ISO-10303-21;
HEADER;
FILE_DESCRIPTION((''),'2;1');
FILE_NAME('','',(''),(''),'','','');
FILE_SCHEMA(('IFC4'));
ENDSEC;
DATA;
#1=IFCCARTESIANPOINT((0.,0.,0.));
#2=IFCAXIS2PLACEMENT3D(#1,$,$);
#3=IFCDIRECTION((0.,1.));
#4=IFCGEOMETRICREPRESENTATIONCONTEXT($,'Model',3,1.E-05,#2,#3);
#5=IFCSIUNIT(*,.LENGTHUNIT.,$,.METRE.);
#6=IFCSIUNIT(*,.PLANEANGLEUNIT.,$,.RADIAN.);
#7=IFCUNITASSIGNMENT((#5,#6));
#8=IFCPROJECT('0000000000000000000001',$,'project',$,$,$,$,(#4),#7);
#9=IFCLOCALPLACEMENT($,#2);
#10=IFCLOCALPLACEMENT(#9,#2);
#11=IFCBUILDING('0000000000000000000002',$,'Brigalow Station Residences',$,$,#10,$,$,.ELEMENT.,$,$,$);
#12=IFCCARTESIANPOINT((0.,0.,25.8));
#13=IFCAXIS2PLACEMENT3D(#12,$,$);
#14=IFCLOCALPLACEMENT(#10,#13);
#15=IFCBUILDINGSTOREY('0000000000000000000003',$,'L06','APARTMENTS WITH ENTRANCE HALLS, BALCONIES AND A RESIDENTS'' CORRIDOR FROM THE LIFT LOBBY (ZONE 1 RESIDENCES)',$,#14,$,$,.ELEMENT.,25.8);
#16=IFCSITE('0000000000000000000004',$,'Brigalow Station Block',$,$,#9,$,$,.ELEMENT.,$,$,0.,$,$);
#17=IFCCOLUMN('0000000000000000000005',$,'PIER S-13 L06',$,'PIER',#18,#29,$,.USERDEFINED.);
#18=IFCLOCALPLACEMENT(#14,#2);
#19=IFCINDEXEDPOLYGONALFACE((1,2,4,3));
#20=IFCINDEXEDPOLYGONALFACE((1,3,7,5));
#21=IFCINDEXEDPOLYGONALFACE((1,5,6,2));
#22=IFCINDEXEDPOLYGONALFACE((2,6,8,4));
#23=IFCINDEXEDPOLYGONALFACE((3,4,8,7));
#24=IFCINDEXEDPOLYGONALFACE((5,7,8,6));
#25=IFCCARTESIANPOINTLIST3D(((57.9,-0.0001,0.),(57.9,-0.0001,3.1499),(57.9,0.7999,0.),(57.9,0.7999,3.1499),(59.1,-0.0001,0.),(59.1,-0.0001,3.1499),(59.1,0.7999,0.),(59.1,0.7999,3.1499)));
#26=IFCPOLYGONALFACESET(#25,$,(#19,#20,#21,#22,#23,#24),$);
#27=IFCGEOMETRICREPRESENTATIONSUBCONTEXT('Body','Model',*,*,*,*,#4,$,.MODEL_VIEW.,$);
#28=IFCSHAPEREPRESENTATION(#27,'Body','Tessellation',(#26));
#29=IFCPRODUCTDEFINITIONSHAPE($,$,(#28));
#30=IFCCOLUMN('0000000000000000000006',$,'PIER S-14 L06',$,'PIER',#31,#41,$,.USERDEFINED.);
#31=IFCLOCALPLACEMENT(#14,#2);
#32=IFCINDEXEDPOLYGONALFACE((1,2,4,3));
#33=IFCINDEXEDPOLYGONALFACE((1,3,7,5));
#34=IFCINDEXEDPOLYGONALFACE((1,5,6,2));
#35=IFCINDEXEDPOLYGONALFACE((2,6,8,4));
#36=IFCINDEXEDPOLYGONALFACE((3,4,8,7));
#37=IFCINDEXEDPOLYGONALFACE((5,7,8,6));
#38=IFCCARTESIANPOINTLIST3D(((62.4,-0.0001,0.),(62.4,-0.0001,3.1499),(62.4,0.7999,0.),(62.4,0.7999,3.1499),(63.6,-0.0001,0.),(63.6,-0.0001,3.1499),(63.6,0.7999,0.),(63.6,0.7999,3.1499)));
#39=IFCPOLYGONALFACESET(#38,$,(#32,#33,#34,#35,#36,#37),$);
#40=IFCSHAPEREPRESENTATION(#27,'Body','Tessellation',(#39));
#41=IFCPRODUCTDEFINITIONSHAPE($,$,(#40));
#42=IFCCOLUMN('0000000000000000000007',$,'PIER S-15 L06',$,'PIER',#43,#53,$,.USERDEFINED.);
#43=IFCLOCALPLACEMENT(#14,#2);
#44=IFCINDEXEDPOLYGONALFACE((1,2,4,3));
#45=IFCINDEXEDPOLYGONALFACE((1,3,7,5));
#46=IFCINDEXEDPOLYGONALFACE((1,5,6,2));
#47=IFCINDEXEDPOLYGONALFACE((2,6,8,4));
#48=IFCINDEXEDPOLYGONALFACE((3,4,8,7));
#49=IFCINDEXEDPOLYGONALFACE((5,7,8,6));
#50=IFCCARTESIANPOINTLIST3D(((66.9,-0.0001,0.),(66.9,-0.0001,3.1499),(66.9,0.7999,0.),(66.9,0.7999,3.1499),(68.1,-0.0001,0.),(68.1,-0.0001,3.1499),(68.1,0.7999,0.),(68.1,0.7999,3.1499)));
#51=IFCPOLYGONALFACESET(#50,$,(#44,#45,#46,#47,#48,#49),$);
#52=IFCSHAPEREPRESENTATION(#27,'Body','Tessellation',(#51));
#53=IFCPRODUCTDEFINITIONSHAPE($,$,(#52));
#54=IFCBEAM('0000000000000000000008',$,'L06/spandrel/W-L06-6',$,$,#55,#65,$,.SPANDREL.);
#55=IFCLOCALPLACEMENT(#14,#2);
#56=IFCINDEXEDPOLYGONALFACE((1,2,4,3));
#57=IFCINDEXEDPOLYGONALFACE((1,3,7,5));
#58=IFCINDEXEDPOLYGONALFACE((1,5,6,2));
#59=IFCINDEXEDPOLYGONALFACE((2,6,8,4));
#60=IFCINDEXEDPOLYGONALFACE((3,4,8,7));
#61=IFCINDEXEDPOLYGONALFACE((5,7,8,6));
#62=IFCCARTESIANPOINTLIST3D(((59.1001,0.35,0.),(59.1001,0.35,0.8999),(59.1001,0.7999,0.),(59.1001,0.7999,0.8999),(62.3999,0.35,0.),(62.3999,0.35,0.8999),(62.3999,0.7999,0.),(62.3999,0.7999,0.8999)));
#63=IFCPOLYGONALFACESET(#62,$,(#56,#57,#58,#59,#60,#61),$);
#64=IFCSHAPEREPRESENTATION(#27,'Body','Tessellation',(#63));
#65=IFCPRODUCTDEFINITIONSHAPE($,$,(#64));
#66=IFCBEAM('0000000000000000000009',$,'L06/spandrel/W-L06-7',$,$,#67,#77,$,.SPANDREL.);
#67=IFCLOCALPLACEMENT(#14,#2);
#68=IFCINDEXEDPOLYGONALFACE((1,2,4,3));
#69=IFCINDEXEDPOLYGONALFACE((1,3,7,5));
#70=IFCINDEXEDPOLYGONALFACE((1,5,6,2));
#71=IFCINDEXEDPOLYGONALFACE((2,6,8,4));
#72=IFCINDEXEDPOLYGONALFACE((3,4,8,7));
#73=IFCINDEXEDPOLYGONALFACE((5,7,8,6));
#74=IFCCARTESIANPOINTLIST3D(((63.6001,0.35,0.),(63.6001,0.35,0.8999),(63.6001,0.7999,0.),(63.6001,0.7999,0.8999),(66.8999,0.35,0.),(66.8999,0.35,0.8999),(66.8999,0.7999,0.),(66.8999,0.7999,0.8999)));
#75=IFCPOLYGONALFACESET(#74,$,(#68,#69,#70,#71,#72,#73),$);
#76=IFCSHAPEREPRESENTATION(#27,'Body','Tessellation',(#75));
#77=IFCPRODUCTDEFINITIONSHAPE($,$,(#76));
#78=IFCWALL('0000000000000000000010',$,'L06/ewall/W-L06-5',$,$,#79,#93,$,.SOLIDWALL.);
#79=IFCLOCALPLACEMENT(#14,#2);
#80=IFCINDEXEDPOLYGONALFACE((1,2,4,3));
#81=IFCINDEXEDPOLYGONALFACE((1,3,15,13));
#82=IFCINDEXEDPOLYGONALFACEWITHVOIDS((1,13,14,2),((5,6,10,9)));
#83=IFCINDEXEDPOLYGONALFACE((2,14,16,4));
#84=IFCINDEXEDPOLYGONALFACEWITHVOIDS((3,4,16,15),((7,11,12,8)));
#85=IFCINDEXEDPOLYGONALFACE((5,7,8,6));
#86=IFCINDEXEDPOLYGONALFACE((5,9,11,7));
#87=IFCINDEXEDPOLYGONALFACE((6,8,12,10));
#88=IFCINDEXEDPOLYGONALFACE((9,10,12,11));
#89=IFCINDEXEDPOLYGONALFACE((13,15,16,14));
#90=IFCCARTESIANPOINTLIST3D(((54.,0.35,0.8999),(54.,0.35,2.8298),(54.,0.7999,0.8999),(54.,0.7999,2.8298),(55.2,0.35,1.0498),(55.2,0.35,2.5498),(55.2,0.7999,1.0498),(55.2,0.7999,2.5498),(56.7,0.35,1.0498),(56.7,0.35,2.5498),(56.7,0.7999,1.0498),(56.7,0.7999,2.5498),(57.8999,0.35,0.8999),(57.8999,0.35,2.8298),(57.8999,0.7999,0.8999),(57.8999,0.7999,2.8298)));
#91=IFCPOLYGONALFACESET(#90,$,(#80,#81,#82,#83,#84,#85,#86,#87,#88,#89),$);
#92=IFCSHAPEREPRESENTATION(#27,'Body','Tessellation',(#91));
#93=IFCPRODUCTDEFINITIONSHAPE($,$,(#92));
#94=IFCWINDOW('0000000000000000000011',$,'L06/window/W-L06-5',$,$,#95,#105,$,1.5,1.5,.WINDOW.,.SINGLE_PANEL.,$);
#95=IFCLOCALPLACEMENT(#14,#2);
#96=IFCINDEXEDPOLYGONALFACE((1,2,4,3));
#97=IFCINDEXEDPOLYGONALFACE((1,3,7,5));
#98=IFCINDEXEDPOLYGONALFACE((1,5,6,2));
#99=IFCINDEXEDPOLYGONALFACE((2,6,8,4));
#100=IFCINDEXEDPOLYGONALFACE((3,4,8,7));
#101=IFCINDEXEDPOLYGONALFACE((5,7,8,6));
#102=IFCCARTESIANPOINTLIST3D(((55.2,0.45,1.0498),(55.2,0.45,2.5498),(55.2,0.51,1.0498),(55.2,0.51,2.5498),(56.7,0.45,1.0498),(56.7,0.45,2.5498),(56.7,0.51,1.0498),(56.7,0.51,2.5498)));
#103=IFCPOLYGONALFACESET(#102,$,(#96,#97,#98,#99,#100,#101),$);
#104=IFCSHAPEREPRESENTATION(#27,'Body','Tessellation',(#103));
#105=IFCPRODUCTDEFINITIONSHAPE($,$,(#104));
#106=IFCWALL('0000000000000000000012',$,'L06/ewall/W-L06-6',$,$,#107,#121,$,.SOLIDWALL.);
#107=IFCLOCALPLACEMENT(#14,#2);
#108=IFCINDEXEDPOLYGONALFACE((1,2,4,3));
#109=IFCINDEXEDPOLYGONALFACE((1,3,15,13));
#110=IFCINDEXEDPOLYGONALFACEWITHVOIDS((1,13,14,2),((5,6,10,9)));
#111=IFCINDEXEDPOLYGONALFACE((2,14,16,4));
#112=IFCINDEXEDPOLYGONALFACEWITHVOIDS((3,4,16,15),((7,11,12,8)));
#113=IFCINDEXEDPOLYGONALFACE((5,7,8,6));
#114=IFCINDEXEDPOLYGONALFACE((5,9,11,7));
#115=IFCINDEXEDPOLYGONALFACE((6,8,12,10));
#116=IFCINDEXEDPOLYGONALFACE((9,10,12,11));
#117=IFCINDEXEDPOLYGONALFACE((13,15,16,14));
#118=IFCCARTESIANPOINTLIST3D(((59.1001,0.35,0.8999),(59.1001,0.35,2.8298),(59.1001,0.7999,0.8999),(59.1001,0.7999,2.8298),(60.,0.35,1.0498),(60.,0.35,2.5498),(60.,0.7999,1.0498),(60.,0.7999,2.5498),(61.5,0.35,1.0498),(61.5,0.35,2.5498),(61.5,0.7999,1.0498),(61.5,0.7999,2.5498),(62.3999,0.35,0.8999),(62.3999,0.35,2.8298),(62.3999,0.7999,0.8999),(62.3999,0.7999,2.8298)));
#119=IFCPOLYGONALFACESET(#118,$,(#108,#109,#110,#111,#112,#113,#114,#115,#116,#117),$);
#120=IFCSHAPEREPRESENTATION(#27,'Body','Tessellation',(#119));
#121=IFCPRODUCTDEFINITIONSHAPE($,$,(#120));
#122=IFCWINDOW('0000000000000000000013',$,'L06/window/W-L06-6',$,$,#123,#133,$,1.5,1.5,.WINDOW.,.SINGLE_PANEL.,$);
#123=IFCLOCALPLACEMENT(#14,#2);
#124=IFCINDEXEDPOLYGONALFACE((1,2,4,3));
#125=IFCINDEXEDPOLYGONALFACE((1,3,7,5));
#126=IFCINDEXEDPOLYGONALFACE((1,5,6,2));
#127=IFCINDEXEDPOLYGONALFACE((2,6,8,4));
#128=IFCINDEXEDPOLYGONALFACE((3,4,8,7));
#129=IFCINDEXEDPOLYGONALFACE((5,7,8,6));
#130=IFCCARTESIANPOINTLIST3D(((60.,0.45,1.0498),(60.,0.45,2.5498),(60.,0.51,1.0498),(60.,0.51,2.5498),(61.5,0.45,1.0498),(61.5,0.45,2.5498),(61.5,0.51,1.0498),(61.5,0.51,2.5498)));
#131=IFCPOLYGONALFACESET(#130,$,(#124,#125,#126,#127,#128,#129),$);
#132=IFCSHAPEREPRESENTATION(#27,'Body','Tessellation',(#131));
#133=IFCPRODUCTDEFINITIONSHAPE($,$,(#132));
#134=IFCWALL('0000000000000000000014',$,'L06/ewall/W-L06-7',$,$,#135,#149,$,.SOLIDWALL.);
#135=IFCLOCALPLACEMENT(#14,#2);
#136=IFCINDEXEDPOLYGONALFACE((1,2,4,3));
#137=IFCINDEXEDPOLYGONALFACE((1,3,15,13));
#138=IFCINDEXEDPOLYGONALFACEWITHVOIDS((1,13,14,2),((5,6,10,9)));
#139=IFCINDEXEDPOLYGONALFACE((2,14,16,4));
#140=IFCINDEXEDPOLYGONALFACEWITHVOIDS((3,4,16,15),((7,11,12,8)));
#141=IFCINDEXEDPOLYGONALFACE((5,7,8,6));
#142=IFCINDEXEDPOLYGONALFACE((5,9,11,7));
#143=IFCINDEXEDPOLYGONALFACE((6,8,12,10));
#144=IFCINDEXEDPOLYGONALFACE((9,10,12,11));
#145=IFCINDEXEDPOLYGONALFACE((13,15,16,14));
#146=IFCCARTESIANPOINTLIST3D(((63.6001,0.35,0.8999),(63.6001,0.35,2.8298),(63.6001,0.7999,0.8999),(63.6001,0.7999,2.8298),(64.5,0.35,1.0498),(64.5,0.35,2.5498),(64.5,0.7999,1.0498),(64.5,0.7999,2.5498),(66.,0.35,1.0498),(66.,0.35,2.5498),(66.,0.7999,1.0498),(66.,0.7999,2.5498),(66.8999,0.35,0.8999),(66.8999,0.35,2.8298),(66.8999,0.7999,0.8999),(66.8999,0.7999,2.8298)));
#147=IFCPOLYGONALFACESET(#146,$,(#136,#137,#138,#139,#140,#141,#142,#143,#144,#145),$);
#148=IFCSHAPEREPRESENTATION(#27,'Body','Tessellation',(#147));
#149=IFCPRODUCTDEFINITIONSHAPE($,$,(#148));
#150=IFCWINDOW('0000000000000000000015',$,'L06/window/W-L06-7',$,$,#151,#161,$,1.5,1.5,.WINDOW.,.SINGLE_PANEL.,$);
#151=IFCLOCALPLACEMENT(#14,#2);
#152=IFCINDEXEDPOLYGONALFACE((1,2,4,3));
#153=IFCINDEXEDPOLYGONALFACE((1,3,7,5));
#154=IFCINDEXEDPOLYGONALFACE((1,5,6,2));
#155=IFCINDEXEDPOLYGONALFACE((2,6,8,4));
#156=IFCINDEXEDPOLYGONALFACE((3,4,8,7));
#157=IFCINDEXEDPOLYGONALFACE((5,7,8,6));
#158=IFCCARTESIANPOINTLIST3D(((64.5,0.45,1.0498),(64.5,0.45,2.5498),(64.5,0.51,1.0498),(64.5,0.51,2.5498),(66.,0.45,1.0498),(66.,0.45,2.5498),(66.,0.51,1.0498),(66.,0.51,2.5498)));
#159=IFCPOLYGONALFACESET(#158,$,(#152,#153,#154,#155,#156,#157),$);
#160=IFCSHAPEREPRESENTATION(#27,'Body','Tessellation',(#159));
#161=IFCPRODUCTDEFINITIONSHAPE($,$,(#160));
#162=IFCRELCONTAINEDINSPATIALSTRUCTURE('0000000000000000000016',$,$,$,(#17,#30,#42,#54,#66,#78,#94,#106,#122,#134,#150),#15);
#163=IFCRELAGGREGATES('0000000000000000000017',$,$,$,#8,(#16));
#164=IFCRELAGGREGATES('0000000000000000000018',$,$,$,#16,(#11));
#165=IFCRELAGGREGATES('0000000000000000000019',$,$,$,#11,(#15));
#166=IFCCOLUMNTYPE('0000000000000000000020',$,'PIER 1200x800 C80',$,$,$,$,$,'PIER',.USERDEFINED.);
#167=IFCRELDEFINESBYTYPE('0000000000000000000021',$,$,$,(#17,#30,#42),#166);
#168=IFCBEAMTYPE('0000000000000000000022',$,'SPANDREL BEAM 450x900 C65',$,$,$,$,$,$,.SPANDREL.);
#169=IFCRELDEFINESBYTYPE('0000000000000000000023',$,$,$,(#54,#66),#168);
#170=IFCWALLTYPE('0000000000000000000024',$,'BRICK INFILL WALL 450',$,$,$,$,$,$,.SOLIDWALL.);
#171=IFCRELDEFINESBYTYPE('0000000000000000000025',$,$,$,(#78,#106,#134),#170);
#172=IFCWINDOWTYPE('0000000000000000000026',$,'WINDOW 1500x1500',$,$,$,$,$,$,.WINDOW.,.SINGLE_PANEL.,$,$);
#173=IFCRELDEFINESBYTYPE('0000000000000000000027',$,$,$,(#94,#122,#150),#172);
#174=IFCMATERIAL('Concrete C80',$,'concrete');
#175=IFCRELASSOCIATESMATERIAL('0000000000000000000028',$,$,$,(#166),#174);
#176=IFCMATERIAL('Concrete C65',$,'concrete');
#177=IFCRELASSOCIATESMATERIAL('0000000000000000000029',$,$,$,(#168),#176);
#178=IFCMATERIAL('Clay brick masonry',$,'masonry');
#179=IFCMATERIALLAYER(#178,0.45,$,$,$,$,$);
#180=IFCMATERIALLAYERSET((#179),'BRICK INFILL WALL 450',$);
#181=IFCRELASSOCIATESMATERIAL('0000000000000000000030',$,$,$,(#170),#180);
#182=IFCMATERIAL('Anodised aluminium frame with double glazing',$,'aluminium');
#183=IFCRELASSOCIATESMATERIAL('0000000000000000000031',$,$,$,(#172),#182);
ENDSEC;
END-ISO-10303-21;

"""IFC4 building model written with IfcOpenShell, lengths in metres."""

from ifc_helpers import new_model, si_unit, direction, frame, frame_2d, origin, origin_2d, place, context, subcontext, project, spatial, rectangle, extrude, material, layer, layer_set, material_profile, profile_set, type_object, element, fill, save


model = new_model("IFC4")

# Units and contexts
model_context = context("Model", 3, precision=1e-05, world=origin(), true_north=direction((0.0, 1.0)))
body_context = subcontext(model_context, "Body", "Model", "MODEL_VIEW")
ifc_project = project(units=[si_unit("LENGTHUNIT", "METRE"), si_unit("PLANEANGLEUNIT", "RADIAN")], contexts=[model_context])

# Site, building, storey
site_placement = place(None, origin())
site = spatial("IfcSite", under=ifc_project, at=site_placement, Name="Brigalow Station Block", CompositionType="ELEMENT", RefElevation=0.0)
building_placement = place(site_placement, origin())
building = spatial("IfcBuilding", under=site, at=building_placement, Name="Brigalow Station Residences", CompositionType="ELEMENT")
storey_placement = place(building_placement, frame((0.0, 0.0, 25.8)))
storey = spatial("IfcBuildingStorey", under=building, at=storey_placement, Name="L06", Description="APARTMENTS WITH ENTRANCE HALLS, BALCONIES AND A RESIDENTS' CORRIDOR FROM THE LIFT LOBBY (ZONE 1 RESIDENCES)", CompositionType="ELEMENT", Elevation=25.8)

# Columns
ifc_material_1 = material(Name="Concrete C80", Category="concrete")
ifc_material_profile_1 = material_profile(ifc_material_1, rectangle(XDim=1.2, YDim=0.8, at=origin_2d()), Name="RC1200x800")
ifc_profile_set_1 = profile_set([ifc_material_profile_1], Name="Concrete C80")
column_type = type_object("IfcColumnType", Name="PIER 1200x800 C80", ElementType="PIER", PredefinedType="USERDEFINED", material=ifc_profile_set_1)
for number, where, z_axis, x_axis, name in (
    (1, (58.5, 0.3999, 0.0), (0.0, 0.0, 1.0), (1.0, 0.0, 0.0), "PIER S-13 L06"),
    (2, (63.0, 0.3999, 0.0), (0.0, 0.0, 1.0), (1.0, 0.0, 0.0), "PIER S-14 L06"),
    (3, (67.5, 0.3999, 0.0), (0.0, 0.0, 1.0), (1.0, 0.0, 0.0), "PIER S-15 L06"),
):
    element("IfcColumn", number, at=place(storey_placement, frame(where, z_axis=z_axis, x_axis=x_axis)), inside=storey, type_object=column_type, Name=name, ObjectType="PIER", PredefinedType="USERDEFINED", context=body_context, shape_type="SweptSolid", body=[
        extrude(rectangle(XDim=1.2, YDim=0.8, at=origin_2d()), origin(), (0.0, 0.0, 1.0), 3.1499),
    ])

# Beams
ifc_material_2 = material(Name="Concrete C65", Category="concrete")
ifc_material_profile_2 = material_profile(ifc_material_2, rectangle(XDim=0.45, YDim=0.8999, at=origin_2d()), Name="RC450x900")
ifc_profile_set_2 = profile_set([ifc_material_profile_2], Name="Concrete C65")
beam_type = type_object("IfcBeamType", Name="SPANDREL BEAM 450x900 C65", PredefinedType="SPANDREL", material=ifc_profile_set_2)
for number, where, z_axis, x_axis, name in (
    (4, (59.1001, 0.575, 0.45), (1.0, 0.0, 0.0), (0.0, 1.0, 0.0), "L06/spandrel/W-L06-6"),
    (5, (63.6001, 0.575, 0.45), (1.0, 0.0, 0.0), (0.0, 1.0, 0.0), "L06/spandrel/W-L06-7"),
):
    element("IfcBeam", number, at=place(storey_placement, frame(where, z_axis=z_axis, x_axis=x_axis)), inside=storey, type_object=beam_type, Name=name, PredefinedType="SPANDREL", context=body_context, shape_type="SweptSolid", body=[
        extrude(rectangle(XDim=0.45, YDim=0.8999, at=origin_2d()), origin(), (0.0, 0.0, 1.0), 3.2998),
    ])

# Walls, openings, windows
ifc_material_3 = material(Name="Clay brick masonry", Category="masonry")
ifc_layer_1 = layer(ifc_material_3, 0.45)
ifc_layer_set_1 = layer_set([ifc_layer_1], Name="BRICK INFILL WALL 450")
wall_type_1 = type_object("IfcWallType", Name="BRICK INFILL WALL 450", PredefinedType="SOLIDWALL", material=ifc_layer_set_1)
wall_1_placement = place(storey_placement, frame((54.0, 0.575, 0.8999), z_axis=(0.0, 0.0, 1.0), x_axis=(1.0, 0.0, 0.0)))
wall_1 = element("IfcWall", 6, at=wall_1_placement, inside=storey, type_object=wall_type_1, Name="L06/ewall/W-L06-5", PredefinedType="SOLIDWALL", context=body_context, shape_type="SweptSolid", body=[
    extrude(rectangle(XDim=3.8999, YDim=0.45, at=frame_2d((1.95, 0.0))), origin(), (0.0, 0.0, 1.0), 1.9299),
])
opening_1_placement = place(wall_1_placement, frame((1.2, 0.0, 0.1499)))
opening_1 = element("IfcOpeningElement", 7, at=opening_1_placement, cuts=wall_1, PredefinedType="OPENING", context=body_context, shape_type="SweptSolid", body=[
    extrude(rectangle(XDim=1.5, YDim=1.5, at=frame_2d((0.75, 0.75))), frame((0.0, 0.2349, 0.0), z_axis=(0.0, -1.0, 0.0), x_axis=(1.0, 0.0, 0.0)), (0.0, 0.0, 1.0), 0.47),
])
ifc_material_4 = material(Name="Anodised aluminium frame with double glazing", Category="aluminium")
window_type = type_object("IfcWindowType", Name="WINDOW 1500x1500", PartitioningType="SINGLE_PANEL", PredefinedType="WINDOW", material=ifc_material_4)
window_1_placement = place(opening_1_placement, origin())
window_1 = element("IfcWindow", 8, at=window_1_placement, inside=storey, type_object=window_type, Name="L06/window/W-L06-5", OverallHeight=1.5, OverallWidth=1.5, PartitioningType="SINGLE_PANEL", PredefinedType="WINDOW", context=body_context, shape_type="SweptSolid", body=[
    extrude(rectangle(XDim=1.5, YDim=1.5, at=frame_2d((0.75, 0.75))), frame((0.0, -0.0649, 0.0), z_axis=(0.0, -1.0, 0.0), x_axis=(1.0, 0.0, 0.0)), (0.0, 0.0, 1.0), 0.0601),
])
fill(opening_1, window_1)
wall_2_placement = place(storey_placement, frame((59.1001, 0.575, 0.8999), z_axis=(0.0, 0.0, 1.0), x_axis=(1.0, 0.0, 0.0)))
wall_2 = element("IfcWall", 9, at=wall_2_placement, inside=storey, type_object=wall_type_1, Name="L06/ewall/W-L06-6", PredefinedType="SOLIDWALL", context=body_context, shape_type="SweptSolid", body=[
    extrude(rectangle(XDim=3.2998, YDim=0.45, at=frame_2d((1.6499, 0.0))), origin(), (0.0, 0.0, 1.0), 1.9299),
])
opening_2_placement = place(wall_2_placement, frame((0.8999, 0.0, 0.1499)))
opening_2 = element("IfcOpeningElement", 10, at=opening_2_placement, cuts=wall_2, PredefinedType="OPENING", context=body_context, shape_type="SweptSolid", body=[
    extrude(rectangle(XDim=1.5, YDim=1.5, at=frame_2d((0.75, 0.75))), frame((0.0, 0.2349, 0.0), z_axis=(0.0, -1.0, 0.0), x_axis=(1.0, 0.0, 0.0)), (0.0, 0.0, 1.0), 0.47),
])
window_2_placement = place(opening_2_placement, origin())
window_2 = element("IfcWindow", 11, at=window_2_placement, inside=storey, type_object=window_type, Name="L06/window/W-L06-6", OverallHeight=1.5, OverallWidth=1.5, PartitioningType="SINGLE_PANEL", PredefinedType="WINDOW", context=body_context, shape_type="SweptSolid", body=[
    extrude(rectangle(XDim=1.5, YDim=1.5, at=frame_2d((0.75, 0.75))), frame((0.0, -0.0649, 0.0), z_axis=(0.0, -1.0, 0.0), x_axis=(1.0, 0.0, 0.0)), (0.0, 0.0, 1.0), 0.0601),
])
fill(opening_2, window_2)
wall_3_placement = place(storey_placement, frame((63.6001, 0.575, 0.8999), z_axis=(0.0, 0.0, 1.0), x_axis=(1.0, 0.0, 0.0)))
wall_3 = element("IfcWall", 12, at=wall_3_placement, inside=storey, type_object=wall_type_1, Name="L06/ewall/W-L06-7", PredefinedType="SOLIDWALL", context=body_context, shape_type="SweptSolid", body=[
    extrude(rectangle(XDim=3.2998, YDim=0.45, at=frame_2d((1.6499, 0.0))), origin(), (0.0, 0.0, 1.0), 1.9299),
])
opening_3_placement = place(wall_3_placement, frame((0.8999, 0.0, 0.1499)))
opening_3 = element("IfcOpeningElement", 13, at=opening_3_placement, cuts=wall_3, PredefinedType="OPENING", context=body_context, shape_type="SweptSolid", body=[
    extrude(rectangle(XDim=1.5, YDim=1.5, at=frame_2d((0.75, 0.75))), frame((0.0, 0.2349, 0.0), z_axis=(0.0, -1.0, 0.0), x_axis=(1.0, 0.0, 0.0)), (0.0, 0.0, 1.0), 0.47),
])
window_3_placement = place(opening_3_placement, origin())
window_3 = element("IfcWindow", 14, at=window_3_placement, inside=storey, type_object=window_type, Name="L06/window/W-L06-7", OverallHeight=1.5, OverallWidth=1.5, PartitioningType="SINGLE_PANEL", PredefinedType="WINDOW", context=body_context, shape_type="SweptSolid", body=[
    extrude(rectangle(XDim=1.5, YDim=1.5, at=frame_2d((0.75, 0.75))), frame((0.0, -0.0649, 0.0), z_axis=(0.0, -1.0, 0.0), x_axis=(1.0, 0.0, 0.0)), (0.0, 0.0, 1.0), 0.0601),
])
fill(opening_3, window_3)

save(model, "model.ifc")
